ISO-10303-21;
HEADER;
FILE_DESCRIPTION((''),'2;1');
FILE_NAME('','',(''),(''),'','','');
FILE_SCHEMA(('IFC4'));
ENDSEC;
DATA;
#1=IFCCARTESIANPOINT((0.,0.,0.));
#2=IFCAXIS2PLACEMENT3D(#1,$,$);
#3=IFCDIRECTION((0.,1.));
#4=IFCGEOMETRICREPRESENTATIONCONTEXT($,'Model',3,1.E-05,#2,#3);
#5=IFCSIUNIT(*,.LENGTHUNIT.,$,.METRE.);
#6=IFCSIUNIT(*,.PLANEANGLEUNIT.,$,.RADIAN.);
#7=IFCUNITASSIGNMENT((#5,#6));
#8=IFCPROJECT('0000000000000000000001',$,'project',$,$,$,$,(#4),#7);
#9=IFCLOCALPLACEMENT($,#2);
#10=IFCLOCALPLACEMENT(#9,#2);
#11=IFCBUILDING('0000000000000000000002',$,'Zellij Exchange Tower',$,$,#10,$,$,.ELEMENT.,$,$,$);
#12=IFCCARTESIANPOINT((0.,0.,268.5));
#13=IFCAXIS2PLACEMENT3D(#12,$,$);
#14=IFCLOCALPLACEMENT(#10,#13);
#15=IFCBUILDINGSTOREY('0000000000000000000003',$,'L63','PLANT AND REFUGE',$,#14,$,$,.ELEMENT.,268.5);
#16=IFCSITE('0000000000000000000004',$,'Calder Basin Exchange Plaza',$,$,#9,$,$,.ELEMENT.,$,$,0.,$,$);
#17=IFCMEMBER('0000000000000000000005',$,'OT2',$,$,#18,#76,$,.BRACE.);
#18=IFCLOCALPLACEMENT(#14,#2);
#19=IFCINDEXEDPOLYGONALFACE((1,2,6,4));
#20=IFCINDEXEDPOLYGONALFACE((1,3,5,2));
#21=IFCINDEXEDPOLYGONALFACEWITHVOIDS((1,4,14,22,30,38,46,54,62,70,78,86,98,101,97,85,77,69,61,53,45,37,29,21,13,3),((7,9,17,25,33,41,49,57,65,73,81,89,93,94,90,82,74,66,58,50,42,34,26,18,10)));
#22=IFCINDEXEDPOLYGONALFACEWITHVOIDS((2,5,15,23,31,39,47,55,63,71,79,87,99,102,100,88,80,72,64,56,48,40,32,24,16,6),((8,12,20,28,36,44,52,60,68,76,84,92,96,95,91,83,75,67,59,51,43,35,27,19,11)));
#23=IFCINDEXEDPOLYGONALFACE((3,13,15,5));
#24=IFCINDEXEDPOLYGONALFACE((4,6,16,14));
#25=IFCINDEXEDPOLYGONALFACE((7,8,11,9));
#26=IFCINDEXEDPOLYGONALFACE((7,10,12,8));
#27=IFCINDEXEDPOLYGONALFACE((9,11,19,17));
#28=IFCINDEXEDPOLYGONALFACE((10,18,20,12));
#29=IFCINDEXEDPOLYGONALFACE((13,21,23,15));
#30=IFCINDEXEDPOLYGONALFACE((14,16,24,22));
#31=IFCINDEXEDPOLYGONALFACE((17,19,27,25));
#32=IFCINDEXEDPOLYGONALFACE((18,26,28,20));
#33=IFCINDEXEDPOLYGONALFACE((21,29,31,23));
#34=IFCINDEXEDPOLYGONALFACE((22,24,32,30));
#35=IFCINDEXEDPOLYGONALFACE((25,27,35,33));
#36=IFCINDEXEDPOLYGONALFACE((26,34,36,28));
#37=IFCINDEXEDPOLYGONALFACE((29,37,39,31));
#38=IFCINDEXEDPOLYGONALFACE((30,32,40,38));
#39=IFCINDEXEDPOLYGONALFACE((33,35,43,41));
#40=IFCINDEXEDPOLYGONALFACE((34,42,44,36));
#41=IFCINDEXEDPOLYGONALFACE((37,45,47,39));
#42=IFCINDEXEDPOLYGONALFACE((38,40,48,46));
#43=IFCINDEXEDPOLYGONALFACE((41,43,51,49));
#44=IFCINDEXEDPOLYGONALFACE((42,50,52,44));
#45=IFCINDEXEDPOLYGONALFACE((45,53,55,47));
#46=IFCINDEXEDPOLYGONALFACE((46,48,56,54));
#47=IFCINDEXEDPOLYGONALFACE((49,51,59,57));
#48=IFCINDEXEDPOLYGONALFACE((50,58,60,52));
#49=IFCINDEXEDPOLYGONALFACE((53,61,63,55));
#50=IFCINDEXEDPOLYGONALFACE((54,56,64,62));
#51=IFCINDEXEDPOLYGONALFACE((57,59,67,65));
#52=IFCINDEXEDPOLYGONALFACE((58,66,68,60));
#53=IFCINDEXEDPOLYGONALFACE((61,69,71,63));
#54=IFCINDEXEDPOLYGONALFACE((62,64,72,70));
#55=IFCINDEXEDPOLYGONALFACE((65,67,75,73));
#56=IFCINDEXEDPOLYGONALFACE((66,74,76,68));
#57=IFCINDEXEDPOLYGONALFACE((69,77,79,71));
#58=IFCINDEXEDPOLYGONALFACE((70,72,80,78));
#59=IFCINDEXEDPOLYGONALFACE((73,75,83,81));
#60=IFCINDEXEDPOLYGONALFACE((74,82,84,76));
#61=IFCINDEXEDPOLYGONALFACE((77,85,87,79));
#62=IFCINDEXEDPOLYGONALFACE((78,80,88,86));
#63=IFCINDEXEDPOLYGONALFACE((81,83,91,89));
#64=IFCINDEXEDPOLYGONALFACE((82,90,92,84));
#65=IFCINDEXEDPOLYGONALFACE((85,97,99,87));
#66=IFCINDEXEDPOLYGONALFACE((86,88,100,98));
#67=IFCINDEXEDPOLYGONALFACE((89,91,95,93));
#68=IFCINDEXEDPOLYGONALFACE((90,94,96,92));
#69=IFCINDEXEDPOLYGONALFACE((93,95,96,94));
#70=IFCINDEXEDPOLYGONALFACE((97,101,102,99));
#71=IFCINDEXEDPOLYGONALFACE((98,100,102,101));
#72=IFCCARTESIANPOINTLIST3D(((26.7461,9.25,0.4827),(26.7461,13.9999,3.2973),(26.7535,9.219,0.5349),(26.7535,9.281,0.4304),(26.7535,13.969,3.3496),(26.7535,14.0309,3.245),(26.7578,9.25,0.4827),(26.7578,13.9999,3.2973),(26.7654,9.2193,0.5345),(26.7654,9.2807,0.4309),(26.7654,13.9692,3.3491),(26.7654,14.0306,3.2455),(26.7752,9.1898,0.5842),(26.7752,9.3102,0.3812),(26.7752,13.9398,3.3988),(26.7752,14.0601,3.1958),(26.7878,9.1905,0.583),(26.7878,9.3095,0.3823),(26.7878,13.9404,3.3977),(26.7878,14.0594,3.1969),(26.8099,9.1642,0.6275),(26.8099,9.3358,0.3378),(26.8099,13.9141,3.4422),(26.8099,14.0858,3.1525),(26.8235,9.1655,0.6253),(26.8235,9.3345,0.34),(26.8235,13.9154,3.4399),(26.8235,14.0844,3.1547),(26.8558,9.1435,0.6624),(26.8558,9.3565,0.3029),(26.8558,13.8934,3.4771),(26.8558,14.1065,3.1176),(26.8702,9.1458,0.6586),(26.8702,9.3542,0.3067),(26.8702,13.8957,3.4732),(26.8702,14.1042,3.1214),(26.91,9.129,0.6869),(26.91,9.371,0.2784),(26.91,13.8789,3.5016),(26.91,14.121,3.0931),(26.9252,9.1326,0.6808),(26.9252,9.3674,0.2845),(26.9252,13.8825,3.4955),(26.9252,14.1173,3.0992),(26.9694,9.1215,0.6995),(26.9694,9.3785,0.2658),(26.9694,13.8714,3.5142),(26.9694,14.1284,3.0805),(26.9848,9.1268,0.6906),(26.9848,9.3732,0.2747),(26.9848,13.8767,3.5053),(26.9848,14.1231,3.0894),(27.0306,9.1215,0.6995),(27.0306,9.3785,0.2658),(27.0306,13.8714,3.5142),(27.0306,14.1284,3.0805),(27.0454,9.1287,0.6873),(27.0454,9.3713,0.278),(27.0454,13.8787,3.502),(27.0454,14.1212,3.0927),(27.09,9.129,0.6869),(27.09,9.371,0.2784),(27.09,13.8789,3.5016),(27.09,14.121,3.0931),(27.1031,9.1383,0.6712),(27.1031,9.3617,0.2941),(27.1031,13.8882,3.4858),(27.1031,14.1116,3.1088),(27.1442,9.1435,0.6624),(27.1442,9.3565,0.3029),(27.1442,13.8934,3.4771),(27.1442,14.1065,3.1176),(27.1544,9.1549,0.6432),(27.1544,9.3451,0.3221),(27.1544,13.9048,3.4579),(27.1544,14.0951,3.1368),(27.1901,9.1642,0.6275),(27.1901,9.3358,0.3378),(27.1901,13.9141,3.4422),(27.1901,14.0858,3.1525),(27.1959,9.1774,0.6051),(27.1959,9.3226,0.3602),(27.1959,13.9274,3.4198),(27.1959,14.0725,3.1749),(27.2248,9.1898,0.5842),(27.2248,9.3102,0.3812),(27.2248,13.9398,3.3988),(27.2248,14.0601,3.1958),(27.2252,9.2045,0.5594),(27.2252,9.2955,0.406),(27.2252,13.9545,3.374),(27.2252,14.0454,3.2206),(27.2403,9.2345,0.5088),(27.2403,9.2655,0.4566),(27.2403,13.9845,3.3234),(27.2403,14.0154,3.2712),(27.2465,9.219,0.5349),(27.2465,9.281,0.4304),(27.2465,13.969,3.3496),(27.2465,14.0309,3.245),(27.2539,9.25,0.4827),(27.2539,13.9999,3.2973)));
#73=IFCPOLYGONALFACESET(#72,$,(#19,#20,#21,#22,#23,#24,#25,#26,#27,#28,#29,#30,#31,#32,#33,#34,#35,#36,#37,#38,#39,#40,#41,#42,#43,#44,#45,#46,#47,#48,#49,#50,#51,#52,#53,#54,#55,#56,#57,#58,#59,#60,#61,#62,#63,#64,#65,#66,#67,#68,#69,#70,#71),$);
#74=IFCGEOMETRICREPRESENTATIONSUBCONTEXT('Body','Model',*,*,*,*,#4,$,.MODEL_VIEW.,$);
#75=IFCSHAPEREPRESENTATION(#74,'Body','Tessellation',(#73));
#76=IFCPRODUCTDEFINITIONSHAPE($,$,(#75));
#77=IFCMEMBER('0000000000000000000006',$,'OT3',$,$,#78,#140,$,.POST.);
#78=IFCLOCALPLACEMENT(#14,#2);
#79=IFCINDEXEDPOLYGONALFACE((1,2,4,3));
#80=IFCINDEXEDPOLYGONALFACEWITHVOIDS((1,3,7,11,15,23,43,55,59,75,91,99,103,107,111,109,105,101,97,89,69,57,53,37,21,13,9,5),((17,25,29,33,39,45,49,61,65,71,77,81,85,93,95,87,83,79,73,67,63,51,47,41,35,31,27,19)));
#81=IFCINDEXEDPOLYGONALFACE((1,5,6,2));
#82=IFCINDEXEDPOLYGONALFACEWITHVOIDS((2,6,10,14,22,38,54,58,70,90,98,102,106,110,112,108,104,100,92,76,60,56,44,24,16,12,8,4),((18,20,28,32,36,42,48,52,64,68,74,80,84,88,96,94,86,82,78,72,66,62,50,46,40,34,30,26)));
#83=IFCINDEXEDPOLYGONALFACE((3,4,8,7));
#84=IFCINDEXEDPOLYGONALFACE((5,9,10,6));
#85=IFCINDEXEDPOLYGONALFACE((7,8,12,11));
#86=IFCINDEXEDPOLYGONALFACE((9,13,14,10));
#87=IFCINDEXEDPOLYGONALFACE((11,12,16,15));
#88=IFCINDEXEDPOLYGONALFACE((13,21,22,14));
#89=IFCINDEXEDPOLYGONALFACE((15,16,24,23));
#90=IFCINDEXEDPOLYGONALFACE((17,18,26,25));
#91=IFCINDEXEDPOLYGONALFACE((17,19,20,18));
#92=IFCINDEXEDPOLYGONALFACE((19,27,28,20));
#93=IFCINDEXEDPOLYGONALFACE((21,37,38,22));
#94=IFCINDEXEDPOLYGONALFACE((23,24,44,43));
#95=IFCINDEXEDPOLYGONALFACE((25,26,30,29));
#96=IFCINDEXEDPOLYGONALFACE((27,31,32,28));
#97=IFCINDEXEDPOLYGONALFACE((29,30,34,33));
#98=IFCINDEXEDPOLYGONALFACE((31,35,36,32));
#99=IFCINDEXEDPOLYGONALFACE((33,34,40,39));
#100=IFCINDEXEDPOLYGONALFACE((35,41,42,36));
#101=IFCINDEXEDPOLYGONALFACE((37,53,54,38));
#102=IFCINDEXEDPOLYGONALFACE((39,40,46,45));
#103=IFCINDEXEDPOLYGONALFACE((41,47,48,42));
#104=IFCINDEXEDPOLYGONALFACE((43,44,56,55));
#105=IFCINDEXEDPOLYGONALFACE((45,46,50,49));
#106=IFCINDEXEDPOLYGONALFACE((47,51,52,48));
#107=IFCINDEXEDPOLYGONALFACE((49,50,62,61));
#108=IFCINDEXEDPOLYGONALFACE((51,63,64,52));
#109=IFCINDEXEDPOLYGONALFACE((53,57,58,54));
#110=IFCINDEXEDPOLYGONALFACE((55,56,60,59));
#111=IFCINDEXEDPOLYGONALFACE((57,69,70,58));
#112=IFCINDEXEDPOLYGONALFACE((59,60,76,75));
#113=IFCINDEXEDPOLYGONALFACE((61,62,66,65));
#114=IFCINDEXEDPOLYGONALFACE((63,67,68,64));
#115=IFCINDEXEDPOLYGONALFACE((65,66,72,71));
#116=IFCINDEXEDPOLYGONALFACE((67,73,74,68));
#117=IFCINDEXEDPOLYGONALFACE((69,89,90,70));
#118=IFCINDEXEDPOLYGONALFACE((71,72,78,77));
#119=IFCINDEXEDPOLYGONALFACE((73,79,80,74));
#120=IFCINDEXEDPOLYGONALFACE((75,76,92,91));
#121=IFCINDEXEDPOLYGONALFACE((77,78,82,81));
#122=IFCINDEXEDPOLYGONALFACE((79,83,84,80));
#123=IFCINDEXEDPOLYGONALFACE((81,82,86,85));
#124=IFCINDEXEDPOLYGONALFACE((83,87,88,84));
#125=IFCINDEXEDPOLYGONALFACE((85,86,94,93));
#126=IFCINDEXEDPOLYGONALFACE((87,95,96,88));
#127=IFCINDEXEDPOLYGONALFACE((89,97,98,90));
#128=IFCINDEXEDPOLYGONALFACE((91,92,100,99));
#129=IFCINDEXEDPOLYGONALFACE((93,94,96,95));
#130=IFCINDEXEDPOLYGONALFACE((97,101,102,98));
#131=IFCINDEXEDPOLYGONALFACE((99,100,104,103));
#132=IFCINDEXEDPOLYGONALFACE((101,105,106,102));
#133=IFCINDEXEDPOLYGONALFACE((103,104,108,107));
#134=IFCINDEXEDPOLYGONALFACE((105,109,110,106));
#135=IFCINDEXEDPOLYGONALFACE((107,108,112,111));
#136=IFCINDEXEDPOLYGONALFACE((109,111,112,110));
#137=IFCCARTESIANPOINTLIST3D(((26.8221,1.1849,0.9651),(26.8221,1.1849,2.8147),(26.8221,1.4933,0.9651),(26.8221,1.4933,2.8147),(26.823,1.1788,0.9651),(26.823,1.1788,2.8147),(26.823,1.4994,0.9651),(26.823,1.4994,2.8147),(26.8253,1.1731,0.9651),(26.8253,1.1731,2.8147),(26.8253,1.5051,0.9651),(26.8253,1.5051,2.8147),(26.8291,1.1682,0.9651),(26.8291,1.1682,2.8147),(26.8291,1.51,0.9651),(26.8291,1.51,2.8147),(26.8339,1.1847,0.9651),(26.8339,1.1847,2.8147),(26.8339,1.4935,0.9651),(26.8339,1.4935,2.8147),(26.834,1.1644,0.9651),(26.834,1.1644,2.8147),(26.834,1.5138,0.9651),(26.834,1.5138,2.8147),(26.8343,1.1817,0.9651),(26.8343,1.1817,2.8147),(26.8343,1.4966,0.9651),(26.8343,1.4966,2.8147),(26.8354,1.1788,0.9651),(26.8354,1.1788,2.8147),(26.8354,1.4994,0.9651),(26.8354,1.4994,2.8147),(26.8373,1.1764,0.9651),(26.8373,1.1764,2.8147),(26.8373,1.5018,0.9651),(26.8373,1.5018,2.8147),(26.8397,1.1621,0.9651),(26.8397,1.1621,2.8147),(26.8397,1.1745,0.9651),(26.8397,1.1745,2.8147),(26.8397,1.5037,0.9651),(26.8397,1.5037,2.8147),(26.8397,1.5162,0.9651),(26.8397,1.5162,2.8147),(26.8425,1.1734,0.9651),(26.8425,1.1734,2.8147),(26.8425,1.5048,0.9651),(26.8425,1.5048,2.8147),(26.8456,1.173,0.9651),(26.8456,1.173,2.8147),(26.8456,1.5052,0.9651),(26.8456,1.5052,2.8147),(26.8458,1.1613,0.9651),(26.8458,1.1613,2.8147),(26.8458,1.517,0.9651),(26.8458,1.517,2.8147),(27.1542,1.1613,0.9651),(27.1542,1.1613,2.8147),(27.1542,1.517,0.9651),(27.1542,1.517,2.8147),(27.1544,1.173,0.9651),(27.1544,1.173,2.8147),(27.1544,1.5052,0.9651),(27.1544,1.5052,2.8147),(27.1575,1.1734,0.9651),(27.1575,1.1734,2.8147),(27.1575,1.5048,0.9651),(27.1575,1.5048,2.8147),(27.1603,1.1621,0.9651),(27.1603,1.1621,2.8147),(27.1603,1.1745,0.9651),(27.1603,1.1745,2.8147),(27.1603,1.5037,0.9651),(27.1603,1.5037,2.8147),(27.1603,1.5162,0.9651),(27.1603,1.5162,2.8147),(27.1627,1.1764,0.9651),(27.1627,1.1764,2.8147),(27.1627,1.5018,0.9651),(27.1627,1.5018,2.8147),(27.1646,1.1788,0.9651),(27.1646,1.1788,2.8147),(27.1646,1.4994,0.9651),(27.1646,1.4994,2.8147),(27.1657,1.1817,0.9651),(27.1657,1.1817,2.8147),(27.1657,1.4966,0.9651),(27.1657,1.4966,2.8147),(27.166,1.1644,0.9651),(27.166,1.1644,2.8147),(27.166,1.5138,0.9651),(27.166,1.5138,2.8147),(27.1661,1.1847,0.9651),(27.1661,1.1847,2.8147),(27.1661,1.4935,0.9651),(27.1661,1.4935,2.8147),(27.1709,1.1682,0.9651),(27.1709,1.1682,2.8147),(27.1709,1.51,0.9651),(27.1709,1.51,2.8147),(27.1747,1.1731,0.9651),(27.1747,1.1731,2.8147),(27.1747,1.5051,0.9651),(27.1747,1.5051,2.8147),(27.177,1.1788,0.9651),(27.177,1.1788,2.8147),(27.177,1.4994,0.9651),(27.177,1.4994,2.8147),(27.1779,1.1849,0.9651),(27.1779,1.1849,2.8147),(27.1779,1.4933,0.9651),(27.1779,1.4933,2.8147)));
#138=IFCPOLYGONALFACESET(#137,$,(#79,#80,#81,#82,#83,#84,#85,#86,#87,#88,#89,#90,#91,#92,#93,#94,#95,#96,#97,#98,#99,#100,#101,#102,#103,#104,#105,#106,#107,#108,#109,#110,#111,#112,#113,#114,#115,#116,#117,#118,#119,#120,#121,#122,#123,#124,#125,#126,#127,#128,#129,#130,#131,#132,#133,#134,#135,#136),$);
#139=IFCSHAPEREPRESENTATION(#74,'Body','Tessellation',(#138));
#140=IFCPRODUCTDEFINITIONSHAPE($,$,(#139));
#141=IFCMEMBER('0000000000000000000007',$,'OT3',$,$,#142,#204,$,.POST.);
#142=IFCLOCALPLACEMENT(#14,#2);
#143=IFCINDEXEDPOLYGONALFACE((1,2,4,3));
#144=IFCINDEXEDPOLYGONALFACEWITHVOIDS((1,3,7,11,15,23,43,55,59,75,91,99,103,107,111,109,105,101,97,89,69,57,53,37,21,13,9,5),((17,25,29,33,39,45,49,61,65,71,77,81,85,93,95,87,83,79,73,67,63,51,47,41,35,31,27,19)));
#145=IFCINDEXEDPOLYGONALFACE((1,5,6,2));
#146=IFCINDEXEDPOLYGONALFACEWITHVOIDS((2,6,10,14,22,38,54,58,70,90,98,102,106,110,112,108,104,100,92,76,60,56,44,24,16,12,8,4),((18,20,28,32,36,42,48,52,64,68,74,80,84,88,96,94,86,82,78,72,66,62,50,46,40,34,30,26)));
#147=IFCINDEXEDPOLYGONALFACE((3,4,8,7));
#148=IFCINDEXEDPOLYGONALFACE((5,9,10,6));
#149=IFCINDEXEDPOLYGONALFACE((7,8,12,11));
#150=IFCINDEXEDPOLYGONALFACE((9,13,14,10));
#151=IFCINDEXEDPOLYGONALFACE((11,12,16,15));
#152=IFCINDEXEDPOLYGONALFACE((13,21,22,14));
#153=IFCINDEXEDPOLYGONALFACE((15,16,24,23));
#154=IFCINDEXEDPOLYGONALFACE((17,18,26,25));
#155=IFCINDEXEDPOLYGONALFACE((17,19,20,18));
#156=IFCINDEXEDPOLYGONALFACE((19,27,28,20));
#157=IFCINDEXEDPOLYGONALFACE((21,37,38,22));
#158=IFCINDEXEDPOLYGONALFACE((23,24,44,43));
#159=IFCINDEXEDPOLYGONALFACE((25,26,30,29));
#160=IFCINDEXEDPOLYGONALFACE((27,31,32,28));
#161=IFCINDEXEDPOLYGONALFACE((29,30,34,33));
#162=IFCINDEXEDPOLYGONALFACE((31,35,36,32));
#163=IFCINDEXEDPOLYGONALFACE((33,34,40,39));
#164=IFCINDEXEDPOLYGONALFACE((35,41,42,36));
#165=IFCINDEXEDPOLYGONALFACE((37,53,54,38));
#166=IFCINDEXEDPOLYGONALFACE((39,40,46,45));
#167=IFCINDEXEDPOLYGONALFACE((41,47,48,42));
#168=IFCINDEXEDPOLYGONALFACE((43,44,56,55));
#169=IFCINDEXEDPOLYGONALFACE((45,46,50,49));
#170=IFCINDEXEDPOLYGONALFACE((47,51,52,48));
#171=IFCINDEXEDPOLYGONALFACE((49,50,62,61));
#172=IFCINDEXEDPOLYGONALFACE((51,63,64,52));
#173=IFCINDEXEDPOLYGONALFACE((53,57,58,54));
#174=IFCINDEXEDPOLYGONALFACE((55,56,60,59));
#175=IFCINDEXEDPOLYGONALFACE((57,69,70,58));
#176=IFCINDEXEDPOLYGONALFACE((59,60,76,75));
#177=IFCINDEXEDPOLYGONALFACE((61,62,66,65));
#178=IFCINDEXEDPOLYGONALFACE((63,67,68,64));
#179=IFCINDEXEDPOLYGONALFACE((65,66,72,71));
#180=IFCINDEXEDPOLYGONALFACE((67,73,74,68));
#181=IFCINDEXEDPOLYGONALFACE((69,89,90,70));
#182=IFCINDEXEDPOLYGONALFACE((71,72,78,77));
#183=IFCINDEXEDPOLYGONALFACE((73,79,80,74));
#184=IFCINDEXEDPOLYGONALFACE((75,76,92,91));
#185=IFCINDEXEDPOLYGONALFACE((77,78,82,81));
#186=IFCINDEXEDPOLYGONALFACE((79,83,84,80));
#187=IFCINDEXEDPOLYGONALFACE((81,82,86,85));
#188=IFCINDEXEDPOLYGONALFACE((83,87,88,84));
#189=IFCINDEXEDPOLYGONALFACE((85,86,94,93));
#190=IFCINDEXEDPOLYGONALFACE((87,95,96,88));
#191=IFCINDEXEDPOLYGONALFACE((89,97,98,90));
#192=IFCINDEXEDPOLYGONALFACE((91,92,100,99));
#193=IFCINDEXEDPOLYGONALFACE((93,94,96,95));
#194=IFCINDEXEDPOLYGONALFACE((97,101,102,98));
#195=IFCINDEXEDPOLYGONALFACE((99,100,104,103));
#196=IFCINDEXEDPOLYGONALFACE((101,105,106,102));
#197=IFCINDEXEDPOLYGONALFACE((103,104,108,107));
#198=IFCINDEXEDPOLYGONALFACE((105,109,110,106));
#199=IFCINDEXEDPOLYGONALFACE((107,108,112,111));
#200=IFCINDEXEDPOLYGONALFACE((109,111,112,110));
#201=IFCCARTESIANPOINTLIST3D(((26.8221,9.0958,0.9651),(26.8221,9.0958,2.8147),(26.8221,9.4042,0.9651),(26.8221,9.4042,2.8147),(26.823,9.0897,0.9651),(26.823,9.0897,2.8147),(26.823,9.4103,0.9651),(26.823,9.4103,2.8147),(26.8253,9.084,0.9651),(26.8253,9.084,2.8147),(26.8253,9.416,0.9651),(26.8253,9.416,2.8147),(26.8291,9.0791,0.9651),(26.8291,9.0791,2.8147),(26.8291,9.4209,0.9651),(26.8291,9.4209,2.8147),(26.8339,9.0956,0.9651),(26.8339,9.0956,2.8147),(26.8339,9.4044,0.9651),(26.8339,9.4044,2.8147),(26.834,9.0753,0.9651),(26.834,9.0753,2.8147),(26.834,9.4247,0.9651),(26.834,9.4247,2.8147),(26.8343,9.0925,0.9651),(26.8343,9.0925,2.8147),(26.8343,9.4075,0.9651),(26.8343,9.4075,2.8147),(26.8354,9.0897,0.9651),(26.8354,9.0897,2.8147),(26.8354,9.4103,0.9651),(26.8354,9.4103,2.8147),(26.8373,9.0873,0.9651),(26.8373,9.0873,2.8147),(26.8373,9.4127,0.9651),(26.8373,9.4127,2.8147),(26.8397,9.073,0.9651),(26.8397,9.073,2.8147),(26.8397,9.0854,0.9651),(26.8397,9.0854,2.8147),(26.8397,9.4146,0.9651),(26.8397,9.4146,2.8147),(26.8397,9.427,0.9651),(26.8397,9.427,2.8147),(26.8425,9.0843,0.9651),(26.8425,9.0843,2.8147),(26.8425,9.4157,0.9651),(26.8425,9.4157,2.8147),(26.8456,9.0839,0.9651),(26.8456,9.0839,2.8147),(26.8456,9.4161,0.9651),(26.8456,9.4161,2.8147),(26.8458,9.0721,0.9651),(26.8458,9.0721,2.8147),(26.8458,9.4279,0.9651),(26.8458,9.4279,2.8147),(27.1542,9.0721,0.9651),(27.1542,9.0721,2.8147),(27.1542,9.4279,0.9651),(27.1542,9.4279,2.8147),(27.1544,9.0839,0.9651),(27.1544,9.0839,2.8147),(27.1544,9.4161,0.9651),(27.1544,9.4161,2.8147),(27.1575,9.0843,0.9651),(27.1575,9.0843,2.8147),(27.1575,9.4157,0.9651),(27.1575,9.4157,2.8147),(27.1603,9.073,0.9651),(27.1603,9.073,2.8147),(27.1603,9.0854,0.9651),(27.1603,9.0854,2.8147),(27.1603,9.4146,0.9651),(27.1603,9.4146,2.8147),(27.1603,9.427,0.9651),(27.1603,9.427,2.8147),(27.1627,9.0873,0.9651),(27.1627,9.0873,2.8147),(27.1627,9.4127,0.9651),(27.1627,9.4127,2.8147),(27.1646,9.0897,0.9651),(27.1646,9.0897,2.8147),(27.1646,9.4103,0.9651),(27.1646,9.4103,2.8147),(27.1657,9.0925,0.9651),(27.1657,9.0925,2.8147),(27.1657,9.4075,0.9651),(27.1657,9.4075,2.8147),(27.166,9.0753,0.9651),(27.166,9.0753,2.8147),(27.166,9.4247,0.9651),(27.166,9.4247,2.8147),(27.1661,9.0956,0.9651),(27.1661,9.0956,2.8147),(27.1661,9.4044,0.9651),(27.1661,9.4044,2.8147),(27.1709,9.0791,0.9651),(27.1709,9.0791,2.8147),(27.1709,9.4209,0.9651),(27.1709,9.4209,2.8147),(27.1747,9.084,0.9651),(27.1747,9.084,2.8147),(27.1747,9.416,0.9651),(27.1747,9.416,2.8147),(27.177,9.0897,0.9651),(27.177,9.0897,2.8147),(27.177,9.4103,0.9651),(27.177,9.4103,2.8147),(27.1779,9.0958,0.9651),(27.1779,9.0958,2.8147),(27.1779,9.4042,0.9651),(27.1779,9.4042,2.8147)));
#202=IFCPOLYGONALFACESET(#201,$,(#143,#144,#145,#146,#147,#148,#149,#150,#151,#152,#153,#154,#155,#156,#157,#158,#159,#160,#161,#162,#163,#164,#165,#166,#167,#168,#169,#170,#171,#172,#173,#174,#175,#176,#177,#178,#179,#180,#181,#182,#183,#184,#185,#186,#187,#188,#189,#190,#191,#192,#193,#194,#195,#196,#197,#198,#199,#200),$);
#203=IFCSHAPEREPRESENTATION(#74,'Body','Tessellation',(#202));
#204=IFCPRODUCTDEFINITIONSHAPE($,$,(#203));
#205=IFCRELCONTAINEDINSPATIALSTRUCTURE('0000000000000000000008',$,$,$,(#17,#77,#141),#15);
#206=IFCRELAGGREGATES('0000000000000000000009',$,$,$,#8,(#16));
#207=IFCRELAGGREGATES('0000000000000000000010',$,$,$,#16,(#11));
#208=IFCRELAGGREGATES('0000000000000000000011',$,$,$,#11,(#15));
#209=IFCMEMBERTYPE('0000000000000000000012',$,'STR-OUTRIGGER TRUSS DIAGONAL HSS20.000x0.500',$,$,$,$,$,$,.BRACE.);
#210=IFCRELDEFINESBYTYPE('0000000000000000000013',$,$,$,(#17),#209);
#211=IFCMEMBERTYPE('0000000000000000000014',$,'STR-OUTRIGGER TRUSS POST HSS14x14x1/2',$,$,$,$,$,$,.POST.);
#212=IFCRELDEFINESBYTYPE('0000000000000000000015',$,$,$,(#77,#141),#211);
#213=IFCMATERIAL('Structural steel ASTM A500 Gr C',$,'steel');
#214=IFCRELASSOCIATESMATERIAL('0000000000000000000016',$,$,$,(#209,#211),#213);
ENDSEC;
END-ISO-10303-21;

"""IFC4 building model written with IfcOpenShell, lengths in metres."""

from ifc_helpers import new_model, si_unit, direction, frame, origin, origin_2d, place, context, subcontext, project, spatial, hollow_rectangle, hollow_circle, extrude, material, material_profile, profile_set, type_object, element, save


model = new_model("IFC4")

# Units and contexts
model_context = context("Model", 3, precision=1e-05, world=origin(), true_north=direction((0.0, 1.0)))
body_context = subcontext(model_context, "Body", "Model", "MODEL_VIEW")
ifc_project = project(units=[si_unit("LENGTHUNIT", "METRE"), si_unit("PLANEANGLEUNIT", "RADIAN")], contexts=[model_context])

# Site, building, storey
site_placement = place(None, origin())
site = spatial("IfcSite", under=ifc_project, at=site_placement, Name="Calder Basin Exchange Plaza", CompositionType="ELEMENT", RefElevation=0.0)
building_placement = place(site_placement, origin())
building = spatial("IfcBuilding", under=site, at=building_placement, Name="Zellij Exchange Tower", CompositionType="ELEMENT")
storey_placement = place(building_placement, frame((0.0, 0.0, 268.5)))
storey = spatial("IfcBuildingStorey", under=building, at=storey_placement, Name="L63", Description="PLANT AND REFUGE", CompositionType="ELEMENT", Elevation=268.5)

# Members
ifc_material_1 = material(Name="Structural steel ASTM A500 Gr C", Category="steel")
ifc_material_profile_1 = material_profile(ifc_material_1, hollow_circle(Radius=0.2539, WallThickness=0.0117, at=origin_2d()), Name="STR-OUTRIGGER TRUSS DIAGONAL HSS20.000x0.500")
ifc_profile_set_1 = profile_set([ifc_material_profile_1], Name="Structural steel ASTM A500 Gr C")
member_type_1 = type_object("IfcMemberType", Name="STR-OUTRIGGER TRUSS DIAGONAL HSS20.000x0.500", PredefinedType="BRACE", material=ifc_profile_set_1)
for number, where, z_axis, x_axis, name in (
    (1, (27.0, 9.25, 0.4827), (0.0, 0.860301, 0.509787), (-1.0, 0.0, 0.0), "OT2"),
):
    element("IfcMember", number, at=place(storey_placement, frame(where, z_axis=z_axis, x_axis=x_axis)), inside=storey, type_object=member_type_1, Name=name, PredefinedType="BRACE", context=body_context, shape_type="SweptSolid", body=[
        extrude(hollow_circle(Radius=0.2539, WallThickness=0.0117, at=origin_2d()), origin(), (0.0, 0.0, 1.0), 5.5212),
    ])
ifc_material_profile_2 = material_profile(ifc_material_1, hollow_rectangle(XDim=0.3557, YDim=0.3557, WallThickness=0.0117, InnerFilletRadius=0.0117, OuterFilletRadius=0.0237, at=origin_2d()), Name="STR-OUTRIGGER TRUSS POST HSS14x14x1/2")
ifc_profile_set_2 = profile_set([ifc_material_profile_2], Name="Structural steel ASTM A500 Gr C")
member_type_2 = type_object("IfcMemberType", Name="STR-OUTRIGGER TRUSS POST HSS14x14x1/2", PredefinedType="POST", material=ifc_profile_set_2)
for number, where, z_axis, x_axis, name in (
    (2, (27.0, 1.3391, 0.9651), (0.0, 0.0, 1.0), (1.0, 0.0, 0.0), "OT3"),
    (3, (27.0, 9.25, 0.9651), (0.0, 0.0, 1.0), (1.0, 0.0, 0.0), "OT3"),
):
    element("IfcMember", number, at=place(storey_placement, frame(where, z_axis=z_axis, x_axis=x_axis)), inside=storey, type_object=member_type_2, Name=name, PredefinedType="POST", context=body_context, shape_type="SweptSolid", body=[
        extrude(hollow_rectangle(XDim=0.3557, YDim=0.3557, WallThickness=0.0117, InnerFilletRadius=0.0117, OuterFilletRadius=0.0237, at=origin_2d()), origin(), (0.0, 0.0, 1.0), 1.8496),
    ])

save(model, "model.ifc")
